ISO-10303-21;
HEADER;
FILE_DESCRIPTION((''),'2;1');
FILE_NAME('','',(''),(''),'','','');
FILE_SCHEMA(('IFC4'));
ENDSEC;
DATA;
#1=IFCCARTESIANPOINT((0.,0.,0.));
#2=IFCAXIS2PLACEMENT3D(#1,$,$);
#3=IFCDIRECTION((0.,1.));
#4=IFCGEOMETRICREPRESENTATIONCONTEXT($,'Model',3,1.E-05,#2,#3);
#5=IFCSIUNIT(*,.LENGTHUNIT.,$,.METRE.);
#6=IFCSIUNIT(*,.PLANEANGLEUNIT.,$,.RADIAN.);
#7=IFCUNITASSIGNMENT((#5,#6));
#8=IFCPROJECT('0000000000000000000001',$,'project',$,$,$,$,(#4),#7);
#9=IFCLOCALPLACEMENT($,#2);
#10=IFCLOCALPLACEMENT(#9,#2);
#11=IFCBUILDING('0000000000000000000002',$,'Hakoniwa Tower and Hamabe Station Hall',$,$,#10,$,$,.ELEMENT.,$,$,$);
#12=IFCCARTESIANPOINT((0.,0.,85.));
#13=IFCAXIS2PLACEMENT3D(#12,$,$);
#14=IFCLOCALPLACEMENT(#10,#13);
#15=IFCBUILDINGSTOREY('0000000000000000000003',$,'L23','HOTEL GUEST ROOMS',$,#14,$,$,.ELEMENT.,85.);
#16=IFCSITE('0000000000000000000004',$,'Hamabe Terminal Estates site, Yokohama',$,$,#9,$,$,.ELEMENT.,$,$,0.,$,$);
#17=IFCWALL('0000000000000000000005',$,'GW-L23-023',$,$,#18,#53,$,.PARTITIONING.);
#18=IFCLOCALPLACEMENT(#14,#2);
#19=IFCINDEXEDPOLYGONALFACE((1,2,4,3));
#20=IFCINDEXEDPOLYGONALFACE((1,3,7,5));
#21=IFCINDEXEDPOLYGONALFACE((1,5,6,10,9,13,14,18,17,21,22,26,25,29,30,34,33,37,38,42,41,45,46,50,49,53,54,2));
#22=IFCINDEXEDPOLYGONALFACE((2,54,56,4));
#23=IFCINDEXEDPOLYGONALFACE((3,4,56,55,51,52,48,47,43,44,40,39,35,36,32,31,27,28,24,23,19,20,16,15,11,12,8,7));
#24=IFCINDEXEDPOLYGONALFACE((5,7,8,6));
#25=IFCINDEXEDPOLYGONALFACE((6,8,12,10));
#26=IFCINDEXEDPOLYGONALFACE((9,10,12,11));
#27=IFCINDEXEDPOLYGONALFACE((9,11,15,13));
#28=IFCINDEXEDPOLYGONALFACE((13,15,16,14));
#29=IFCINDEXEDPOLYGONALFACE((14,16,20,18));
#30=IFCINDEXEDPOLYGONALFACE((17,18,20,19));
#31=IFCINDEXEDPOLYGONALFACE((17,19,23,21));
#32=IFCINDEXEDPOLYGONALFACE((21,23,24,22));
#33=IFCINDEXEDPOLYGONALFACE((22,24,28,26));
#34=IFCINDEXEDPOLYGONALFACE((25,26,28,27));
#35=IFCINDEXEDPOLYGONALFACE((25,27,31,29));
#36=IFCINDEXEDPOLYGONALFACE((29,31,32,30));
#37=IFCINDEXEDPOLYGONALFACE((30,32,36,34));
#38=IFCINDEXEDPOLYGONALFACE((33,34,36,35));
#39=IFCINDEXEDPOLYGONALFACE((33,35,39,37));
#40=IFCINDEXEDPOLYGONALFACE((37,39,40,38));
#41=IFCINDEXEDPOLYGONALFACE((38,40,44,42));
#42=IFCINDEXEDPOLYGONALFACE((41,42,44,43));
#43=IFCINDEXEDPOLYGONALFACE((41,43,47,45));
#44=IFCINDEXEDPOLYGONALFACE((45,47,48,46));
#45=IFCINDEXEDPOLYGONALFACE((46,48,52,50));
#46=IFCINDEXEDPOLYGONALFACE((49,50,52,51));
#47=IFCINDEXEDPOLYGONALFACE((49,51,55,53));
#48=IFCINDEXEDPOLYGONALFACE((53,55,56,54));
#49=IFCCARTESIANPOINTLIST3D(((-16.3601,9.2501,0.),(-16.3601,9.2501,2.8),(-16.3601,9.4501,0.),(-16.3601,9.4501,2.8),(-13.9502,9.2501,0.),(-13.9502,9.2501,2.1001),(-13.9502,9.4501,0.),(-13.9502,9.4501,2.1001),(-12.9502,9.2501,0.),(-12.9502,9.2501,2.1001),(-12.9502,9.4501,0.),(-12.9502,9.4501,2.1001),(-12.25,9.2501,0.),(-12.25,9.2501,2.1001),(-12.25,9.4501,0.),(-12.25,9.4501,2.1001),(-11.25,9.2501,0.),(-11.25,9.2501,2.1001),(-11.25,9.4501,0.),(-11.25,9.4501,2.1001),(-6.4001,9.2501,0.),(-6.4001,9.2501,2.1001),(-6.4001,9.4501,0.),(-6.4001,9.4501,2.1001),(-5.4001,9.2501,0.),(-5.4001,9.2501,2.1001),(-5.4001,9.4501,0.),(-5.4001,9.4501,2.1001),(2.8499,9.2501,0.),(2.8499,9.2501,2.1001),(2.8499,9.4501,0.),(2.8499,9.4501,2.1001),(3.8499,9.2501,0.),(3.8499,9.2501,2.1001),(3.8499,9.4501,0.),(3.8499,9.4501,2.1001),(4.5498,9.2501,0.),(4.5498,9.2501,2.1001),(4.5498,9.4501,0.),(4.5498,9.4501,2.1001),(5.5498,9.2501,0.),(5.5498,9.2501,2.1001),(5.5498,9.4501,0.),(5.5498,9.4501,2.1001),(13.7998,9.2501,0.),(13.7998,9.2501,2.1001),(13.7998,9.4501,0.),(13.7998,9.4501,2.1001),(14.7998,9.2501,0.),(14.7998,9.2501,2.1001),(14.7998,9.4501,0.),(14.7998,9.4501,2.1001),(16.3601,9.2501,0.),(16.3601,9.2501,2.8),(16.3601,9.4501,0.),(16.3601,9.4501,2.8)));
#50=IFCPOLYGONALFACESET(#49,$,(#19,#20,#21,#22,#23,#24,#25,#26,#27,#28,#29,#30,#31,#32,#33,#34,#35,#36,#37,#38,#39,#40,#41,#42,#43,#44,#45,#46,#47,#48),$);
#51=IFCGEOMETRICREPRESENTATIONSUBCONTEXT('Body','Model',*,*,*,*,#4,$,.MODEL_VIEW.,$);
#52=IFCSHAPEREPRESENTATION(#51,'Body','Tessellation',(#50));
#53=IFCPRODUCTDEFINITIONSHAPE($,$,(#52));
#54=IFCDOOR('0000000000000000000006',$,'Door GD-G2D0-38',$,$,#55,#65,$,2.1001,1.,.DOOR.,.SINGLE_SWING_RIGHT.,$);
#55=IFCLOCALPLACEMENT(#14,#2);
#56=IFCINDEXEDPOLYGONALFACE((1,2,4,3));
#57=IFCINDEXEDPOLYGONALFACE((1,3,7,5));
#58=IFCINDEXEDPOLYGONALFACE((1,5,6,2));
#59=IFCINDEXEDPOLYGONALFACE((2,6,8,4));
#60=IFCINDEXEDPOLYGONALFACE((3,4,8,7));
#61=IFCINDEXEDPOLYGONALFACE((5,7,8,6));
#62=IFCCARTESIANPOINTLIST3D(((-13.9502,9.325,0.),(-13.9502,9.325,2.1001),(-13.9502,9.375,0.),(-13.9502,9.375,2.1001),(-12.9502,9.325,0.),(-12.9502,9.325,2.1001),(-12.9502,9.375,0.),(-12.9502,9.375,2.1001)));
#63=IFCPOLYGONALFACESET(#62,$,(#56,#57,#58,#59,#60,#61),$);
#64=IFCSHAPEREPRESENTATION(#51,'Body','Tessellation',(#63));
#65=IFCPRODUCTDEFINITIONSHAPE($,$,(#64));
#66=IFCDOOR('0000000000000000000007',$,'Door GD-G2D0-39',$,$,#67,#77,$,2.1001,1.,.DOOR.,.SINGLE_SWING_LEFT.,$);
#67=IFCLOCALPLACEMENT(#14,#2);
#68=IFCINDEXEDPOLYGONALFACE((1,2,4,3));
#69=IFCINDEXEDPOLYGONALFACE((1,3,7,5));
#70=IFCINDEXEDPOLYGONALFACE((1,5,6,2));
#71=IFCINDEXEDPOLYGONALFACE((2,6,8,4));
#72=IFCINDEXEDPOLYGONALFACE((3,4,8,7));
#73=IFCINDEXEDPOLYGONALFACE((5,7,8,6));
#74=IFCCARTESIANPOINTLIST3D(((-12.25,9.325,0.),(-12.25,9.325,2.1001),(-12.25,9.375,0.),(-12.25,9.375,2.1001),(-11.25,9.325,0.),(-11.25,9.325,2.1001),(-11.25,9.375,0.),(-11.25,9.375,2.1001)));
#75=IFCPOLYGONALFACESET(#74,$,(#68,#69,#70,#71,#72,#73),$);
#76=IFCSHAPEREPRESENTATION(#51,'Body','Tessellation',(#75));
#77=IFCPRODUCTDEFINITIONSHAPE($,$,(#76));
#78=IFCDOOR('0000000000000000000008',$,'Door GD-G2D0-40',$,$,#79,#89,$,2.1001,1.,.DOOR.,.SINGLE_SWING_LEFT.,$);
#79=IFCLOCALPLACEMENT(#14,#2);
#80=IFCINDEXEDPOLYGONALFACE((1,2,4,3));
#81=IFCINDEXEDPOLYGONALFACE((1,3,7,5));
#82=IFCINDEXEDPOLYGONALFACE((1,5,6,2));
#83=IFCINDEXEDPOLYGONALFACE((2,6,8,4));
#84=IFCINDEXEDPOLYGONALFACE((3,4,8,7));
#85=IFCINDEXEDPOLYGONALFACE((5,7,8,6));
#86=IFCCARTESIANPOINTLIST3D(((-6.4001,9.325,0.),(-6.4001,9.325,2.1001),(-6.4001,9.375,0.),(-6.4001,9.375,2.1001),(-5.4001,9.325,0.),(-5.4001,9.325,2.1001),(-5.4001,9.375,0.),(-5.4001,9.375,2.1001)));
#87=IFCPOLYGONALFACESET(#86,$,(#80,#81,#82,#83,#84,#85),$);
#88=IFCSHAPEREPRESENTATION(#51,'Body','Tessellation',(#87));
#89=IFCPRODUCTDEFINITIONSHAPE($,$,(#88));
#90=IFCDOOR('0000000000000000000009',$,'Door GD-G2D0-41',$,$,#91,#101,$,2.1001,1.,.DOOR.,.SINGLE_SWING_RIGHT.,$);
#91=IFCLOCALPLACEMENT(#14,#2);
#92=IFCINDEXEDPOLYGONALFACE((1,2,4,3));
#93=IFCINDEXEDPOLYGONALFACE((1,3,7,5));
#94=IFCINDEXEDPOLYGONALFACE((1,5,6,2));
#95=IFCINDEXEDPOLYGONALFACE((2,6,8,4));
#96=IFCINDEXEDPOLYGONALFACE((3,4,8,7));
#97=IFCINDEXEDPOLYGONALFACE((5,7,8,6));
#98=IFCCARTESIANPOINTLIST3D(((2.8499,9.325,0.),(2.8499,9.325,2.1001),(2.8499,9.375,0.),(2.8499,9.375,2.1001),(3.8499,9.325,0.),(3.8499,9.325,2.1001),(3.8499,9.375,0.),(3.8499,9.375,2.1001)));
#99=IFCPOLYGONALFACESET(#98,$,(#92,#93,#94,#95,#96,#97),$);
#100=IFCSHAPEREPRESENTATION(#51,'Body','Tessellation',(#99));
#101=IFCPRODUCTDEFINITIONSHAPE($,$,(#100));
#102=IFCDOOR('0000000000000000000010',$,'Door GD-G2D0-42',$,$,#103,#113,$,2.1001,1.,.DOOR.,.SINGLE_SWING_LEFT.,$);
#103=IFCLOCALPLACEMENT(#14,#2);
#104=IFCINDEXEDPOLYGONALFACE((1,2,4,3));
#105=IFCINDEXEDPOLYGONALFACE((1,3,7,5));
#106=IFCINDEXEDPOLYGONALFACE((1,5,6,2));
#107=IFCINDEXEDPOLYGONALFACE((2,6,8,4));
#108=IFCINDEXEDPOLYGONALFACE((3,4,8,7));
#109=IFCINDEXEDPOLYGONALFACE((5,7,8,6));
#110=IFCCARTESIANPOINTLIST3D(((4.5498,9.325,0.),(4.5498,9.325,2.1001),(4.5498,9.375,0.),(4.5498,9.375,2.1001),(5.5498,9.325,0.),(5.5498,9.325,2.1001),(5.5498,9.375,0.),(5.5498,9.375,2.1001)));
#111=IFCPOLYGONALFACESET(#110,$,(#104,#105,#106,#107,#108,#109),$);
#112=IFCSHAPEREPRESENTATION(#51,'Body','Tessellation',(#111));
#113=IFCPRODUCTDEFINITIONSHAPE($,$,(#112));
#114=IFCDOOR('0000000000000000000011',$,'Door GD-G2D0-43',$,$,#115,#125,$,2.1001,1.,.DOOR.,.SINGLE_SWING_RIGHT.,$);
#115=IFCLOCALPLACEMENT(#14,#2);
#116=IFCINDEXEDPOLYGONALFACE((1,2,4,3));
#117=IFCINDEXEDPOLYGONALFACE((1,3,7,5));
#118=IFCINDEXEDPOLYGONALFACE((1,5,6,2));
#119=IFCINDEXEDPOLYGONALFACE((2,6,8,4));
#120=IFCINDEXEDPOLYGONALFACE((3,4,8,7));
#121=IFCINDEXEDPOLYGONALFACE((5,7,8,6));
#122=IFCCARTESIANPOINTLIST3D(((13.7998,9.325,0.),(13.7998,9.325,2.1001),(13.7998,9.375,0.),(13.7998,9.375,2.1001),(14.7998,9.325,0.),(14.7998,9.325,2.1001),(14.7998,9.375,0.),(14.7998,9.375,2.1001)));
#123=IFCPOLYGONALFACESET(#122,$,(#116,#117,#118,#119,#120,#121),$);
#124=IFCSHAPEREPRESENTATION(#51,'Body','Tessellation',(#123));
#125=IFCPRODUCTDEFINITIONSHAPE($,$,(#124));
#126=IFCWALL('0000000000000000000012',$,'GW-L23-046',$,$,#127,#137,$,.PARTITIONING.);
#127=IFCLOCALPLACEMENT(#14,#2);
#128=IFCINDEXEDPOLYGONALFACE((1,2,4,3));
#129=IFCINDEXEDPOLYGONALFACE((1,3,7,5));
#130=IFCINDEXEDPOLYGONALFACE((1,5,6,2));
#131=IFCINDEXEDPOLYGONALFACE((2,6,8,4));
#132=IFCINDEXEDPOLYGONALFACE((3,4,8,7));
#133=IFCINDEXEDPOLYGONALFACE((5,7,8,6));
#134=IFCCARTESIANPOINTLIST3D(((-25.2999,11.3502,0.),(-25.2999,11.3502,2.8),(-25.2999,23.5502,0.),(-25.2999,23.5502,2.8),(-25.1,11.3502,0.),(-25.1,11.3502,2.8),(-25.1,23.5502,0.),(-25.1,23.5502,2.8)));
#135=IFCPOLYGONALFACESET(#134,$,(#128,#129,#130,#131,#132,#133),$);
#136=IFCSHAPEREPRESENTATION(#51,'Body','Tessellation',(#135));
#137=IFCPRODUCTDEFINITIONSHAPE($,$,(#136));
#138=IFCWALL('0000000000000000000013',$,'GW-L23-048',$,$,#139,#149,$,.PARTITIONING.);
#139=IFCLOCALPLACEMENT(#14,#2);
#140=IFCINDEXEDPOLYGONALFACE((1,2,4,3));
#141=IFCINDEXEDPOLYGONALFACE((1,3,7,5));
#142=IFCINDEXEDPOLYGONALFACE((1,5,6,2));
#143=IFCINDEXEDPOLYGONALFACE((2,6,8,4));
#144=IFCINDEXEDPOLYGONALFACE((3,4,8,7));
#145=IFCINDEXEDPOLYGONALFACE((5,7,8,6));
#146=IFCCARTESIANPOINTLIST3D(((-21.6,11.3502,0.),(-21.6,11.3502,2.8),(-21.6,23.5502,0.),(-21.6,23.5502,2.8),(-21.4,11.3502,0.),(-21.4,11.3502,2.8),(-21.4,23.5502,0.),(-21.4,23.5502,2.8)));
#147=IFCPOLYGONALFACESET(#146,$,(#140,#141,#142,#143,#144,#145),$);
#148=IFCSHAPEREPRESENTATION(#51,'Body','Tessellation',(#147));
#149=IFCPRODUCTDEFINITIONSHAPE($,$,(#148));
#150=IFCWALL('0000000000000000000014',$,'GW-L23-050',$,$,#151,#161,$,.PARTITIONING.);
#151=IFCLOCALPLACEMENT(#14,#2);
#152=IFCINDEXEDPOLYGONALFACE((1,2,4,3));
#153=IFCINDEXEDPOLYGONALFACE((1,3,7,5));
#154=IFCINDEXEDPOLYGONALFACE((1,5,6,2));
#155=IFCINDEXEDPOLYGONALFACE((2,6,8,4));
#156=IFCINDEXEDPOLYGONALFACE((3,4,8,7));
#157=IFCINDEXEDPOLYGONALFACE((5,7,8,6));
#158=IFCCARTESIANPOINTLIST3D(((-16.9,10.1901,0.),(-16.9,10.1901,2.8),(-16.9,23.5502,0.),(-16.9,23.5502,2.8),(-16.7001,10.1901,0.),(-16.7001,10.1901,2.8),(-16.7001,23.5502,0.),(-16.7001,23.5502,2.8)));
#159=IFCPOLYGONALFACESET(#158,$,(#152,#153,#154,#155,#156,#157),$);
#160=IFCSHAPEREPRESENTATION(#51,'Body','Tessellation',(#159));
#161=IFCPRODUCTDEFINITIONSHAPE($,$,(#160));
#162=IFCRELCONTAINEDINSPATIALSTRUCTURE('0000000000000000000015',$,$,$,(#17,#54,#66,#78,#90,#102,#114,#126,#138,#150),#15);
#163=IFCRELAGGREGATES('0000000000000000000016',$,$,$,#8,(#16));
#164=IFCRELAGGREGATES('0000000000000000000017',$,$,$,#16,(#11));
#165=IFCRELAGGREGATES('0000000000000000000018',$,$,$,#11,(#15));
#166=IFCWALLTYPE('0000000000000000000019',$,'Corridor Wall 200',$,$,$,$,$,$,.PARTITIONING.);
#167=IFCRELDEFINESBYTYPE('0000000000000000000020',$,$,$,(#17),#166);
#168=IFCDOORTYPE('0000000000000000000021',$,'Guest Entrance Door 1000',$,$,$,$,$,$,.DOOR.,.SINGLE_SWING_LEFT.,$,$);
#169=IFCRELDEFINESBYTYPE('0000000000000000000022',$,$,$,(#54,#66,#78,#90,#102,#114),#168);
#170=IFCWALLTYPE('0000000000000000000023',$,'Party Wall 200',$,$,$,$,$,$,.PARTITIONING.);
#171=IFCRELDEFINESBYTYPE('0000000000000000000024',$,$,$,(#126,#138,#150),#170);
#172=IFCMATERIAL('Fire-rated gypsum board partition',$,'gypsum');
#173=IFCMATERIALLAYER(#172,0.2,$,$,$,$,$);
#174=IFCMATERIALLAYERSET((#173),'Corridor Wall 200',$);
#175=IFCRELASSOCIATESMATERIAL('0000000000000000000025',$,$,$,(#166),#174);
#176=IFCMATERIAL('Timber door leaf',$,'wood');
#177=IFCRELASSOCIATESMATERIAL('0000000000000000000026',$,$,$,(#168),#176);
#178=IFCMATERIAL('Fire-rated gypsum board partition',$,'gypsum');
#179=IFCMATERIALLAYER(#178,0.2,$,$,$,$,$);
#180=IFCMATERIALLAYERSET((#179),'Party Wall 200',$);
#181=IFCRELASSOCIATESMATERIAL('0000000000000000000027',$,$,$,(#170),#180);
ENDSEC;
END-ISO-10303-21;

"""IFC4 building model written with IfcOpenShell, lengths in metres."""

from ifc_helpers import new_model, si_unit, direction, frame, frame_2d, origin, place, context, subcontext, project, spatial, rectangle, extrude, material, layer, layer_set, type_object, element, fill, save


model = new_model("IFC4")

# Units and contexts
model_context = context("Model", 3, precision=1e-05, world=origin(), true_north=direction((0.0, 1.0)))
body_context = subcontext(model_context, "Body", "Model", "MODEL_VIEW")
ifc_project = project(units=[si_unit("LENGTHUNIT", "METRE"), si_unit("PLANEANGLEUNIT", "RADIAN")], contexts=[model_context])

# Site, building, storey
site_placement = place(None, origin())
site = spatial("IfcSite", under=ifc_project, at=site_placement, Name="Hamabe Terminal Estates site, Yokohama", CompositionType="ELEMENT", RefElevation=0.0)
building_placement = place(site_placement, origin())
building = spatial("IfcBuilding", under=site, at=building_placement, Name="Hakoniwa Tower and Hamabe Station Hall", CompositionType="ELEMENT")
storey_placement = place(building_placement, frame((0.0, 0.0, 85.0)))
storey = spatial("IfcBuildingStorey", under=building, at=storey_placement, Name="L23", Description="HOTEL GUEST ROOMS", CompositionType="ELEMENT", Elevation=85.0)

# Wall, openings, doors
ifc_material_1 = material(Name="Fire-rated gypsum board partition", Category="gypsum")
ifc_layer_1 = layer(ifc_material_1, 0.2)
ifc_layer_set_1 = layer_set([ifc_layer_1], Name="Corridor Wall 200")
wall_type_1 = type_object("IfcWallType", Name="Corridor Wall 200", PredefinedType="PARTITIONING", material=ifc_layer_set_1)
wall_1_placement = place(storey_placement, frame((-16.3601, 9.3501, 0.0), z_axis=(0.0, 0.0, 1.0), x_axis=(1.0, 0.0, 0.0)))
wall_1 = element("IfcWall", 1, at=wall_1_placement, inside=storey, type_object=wall_type_1, Name="GW-L23-023", PredefinedType="PARTITIONING", context=body_context, shape_type="SweptSolid", body=[
    extrude(rectangle(XDim=32.7202, YDim=0.2, at=frame_2d((16.3601, 0.0))), origin(), (0.0, 0.0, 1.0), 2.8),
])
opening_1_placement = place(wall_1_placement, frame((2.4099, 0.0, 0.0)))
opening_1 = element("IfcOpeningElement", 2, at=opening_1_placement, cuts=wall_1, PredefinedType="OPENING", context=body_context, shape_type="SweptSolid", body=[
    extrude(rectangle(XDim=1.0, YDim=2.1001, at=frame_2d((0.5, 1.05))), frame((0.0, 0.1099, 0.0), z_axis=(0.0, -1.0, 0.0), x_axis=(1.0, 0.0, 0.0)), (0.0, 0.0, 1.0), 0.22),
])
opening_2_placement = place(wall_1_placement, frame((4.1101, 0.0, 0.0)))
opening_2 = element("IfcOpeningElement", 3, at=opening_2_placement, cuts=wall_1, PredefinedType="OPENING", context=body_context, shape_type="SweptSolid", body=[
    extrude(rectangle(XDim=1.0, YDim=2.1001, at=frame_2d((0.5, 1.05))), frame((0.0, 0.1099, 0.0), z_axis=(0.0, -1.0, 0.0), x_axis=(1.0, 0.0, 0.0)), (0.0, 0.0, 1.0), 0.22),
])
opening_3_placement = place(wall_1_placement, frame((9.96, 0.0, 0.0)))
opening_3 = element("IfcOpeningElement", 4, at=opening_3_placement, cuts=wall_1, PredefinedType="OPENING", context=body_context, shape_type="SweptSolid", body=[
    extrude(rectangle(XDim=1.0, YDim=2.1001, at=frame_2d((0.5, 1.05))), frame((0.0, 0.1099, 0.0), z_axis=(0.0, -1.0, 0.0), x_axis=(1.0, 0.0, 0.0)), (0.0, 0.0, 1.0), 0.22),
])
opening_4_placement = place(wall_1_placement, frame((19.21, 0.0, 0.0)))
opening_4 = element("IfcOpeningElement", 5, at=opening_4_placement, cuts=wall_1, PredefinedType="OPENING", context=body_context, shape_type="SweptSolid", body=[
    extrude(rectangle(XDim=1.0, YDim=2.1001, at=frame_2d((0.5, 1.05))), frame((0.0, 0.1099, 0.0), z_axis=(0.0, -1.0, 0.0), x_axis=(1.0, 0.0, 0.0)), (0.0, 0.0, 1.0), 0.22),
])
opening_5_placement = place(wall_1_placement, frame((20.9099, 0.0, 0.0)))
opening_5 = element("IfcOpeningElement", 6, at=opening_5_placement, cuts=wall_1, PredefinedType="OPENING", context=body_context, shape_type="SweptSolid", body=[
    extrude(rectangle(XDim=1.0, YDim=2.1001, at=frame_2d((0.5, 1.05))), frame((0.0, 0.1099, 0.0), z_axis=(0.0, -1.0, 0.0), x_axis=(1.0, 0.0, 0.0)), (0.0, 0.0, 1.0), 0.22),
])
opening_6_placement = place(wall_1_placement, frame((30.1599, 0.0, 0.0)))
opening_6 = element("IfcOpeningElement", 7, at=opening_6_placement, cuts=wall_1, PredefinedType="OPENING", context=body_context, shape_type="SweptSolid", body=[
    extrude(rectangle(XDim=1.0, YDim=2.1001, at=frame_2d((0.5, 1.05))), frame((0.0, 0.1099, 0.0), z_axis=(0.0, -1.0, 0.0), x_axis=(1.0, 0.0, 0.0)), (0.0, 0.0, 1.0), 0.22),
])
ifc_material_2 = material(Name="Timber door leaf", Category="wood")
door_type_1 = type_object("IfcDoorType", Name="Guest Entrance Door 1000", OperationType="SINGLE_SWING_LEFT", PredefinedType="DOOR", material=ifc_material_2)
door_1_placement = place(opening_1_placement, origin())
door_1 = element("IfcDoor", 8, at=door_1_placement, inside=storey, type_object=door_type_1, Name="Door GD-G2D0-38", OperationType="SINGLE_SWING_RIGHT", OverallHeight=2.1001, OverallWidth=1.0, PredefinedType="DOOR", context=body_context, shape_type="SweptSolid", body=[
    extrude(rectangle(XDim=1.0, YDim=2.1001, at=frame_2d((0.5, 1.05))), frame((0.0, 0.0249, 0.0), z_axis=(0.0, -1.0, 0.0), x_axis=(1.0, 0.0, 0.0)), (0.0, 0.0, 1.0), 0.05),
])
fill(opening_1, door_1)
door_2_placement = place(opening_2_placement, origin())
door_2 = element("IfcDoor", 9, at=door_2_placement, inside=storey, type_object=door_type_1, Name="Door GD-G2D0-39", OperationType="SINGLE_SWING_LEFT", OverallHeight=2.1001, OverallWidth=1.0, PredefinedType="DOOR", context=body_context, shape_type="SweptSolid", body=[
    extrude(rectangle(XDim=1.0, YDim=2.1001, at=frame_2d((0.5, 1.05))), frame((0.0, 0.0249, 0.0), z_axis=(0.0, -1.0, 0.0), x_axis=(1.0, 0.0, 0.0)), (0.0, 0.0, 1.0), 0.05),
])
fill(opening_2, door_2)
door_3_placement = place(opening_3_placement, origin())
door_3 = element("IfcDoor", 10, at=door_3_placement, inside=storey, type_object=door_type_1, Name="Door GD-G2D0-40", OperationType="SINGLE_SWING_LEFT", OverallHeight=2.1001, OverallWidth=1.0, PredefinedType="DOOR", context=body_context, shape_type="SweptSolid", body=[
    extrude(rectangle(XDim=1.0, YDim=2.1001, at=frame_2d((0.5, 1.05))), frame((0.0, 0.0249, 0.0), z_axis=(0.0, -1.0, 0.0), x_axis=(1.0, 0.0, 0.0)), (0.0, 0.0, 1.0), 0.05),
])
fill(opening_3, door_3)
door_4_placement = place(opening_4_placement, origin())
door_4 = element("IfcDoor", 11, at=door_4_placement, inside=storey, type_object=door_type_1, Name="Door GD-G2D0-41", OperationType="SINGLE_SWING_RIGHT", OverallHeight=2.1001, OverallWidth=1.0, PredefinedType="DOOR", context=body_context, shape_type="SweptSolid", body=[
    extrude(rectangle(XDim=1.0, YDim=2.1001, at=frame_2d((0.5, 1.05))), frame((0.0, 0.0249, 0.0), z_axis=(0.0, -1.0, 0.0), x_axis=(1.0, 0.0, 0.0)), (0.0, 0.0, 1.0), 0.05),
])
fill(opening_4, door_4)
door_5_placement = place(opening_5_placement, origin())
door_5 = element("IfcDoor", 12, at=door_5_placement, inside=storey, type_object=door_type_1, Name="Door GD-G2D0-42", OperationType="SINGLE_SWING_LEFT", OverallHeight=2.1001, OverallWidth=1.0, PredefinedType="DOOR", context=body_context, shape_type="SweptSolid", body=[
    extrude(rectangle(XDim=1.0, YDim=2.1001, at=frame_2d((0.5, 1.05))), frame((0.0, 0.0249, 0.0), z_axis=(0.0, -1.0, 0.0), x_axis=(1.0, 0.0, 0.0)), (0.0, 0.0, 1.0), 0.05),
])
fill(opening_5, door_5)
door_6_placement = place(opening_6_placement, origin())
door_6 = element("IfcDoor", 13, at=door_6_placement, inside=storey, type_object=door_type_1, Name="Door GD-G2D0-43", OperationType="SINGLE_SWING_RIGHT", OverallHeight=2.1001, OverallWidth=1.0, PredefinedType="DOOR", context=body_context, shape_type="SweptSolid", body=[
    extrude(rectangle(XDim=1.0, YDim=2.1001, at=frame_2d((0.5, 1.05))), frame((0.0, 0.0249, 0.0), z_axis=(0.0, -1.0, 0.0), x_axis=(1.0, 0.0, 0.0)), (0.0, 0.0, 1.0), 0.05),
])
fill(opening_6, door_6)

# Walls
ifc_material_3 = material(Name="Fire-rated gypsum board partition", Category="gypsum")
ifc_layer_2 = layer(ifc_material_3, 0.2)
ifc_layer_set_2 = layer_set([ifc_layer_2], Name="Party Wall 200")
wall_type_2 = type_object("IfcWallType", Name="Party Wall 200", PredefinedType="PARTITIONING", material=ifc_layer_set_2)
for number, where, z_axis, x_axis, name in (
    (14, (-25.2, 11.3501, 0.0), (0.0, 0.0, 1.0), (0.0, 1.0, 0.0), "GW-L23-046"),
    (15, (-21.5, 11.3501, 0.0), (0.0, 0.0, 1.0), (0.0, 1.0, 0.0), "GW-L23-048"),
):
    element("IfcWall", number, at=place(storey_placement, frame(where, z_axis=z_axis, x_axis=x_axis)), inside=storey, type_object=wall_type_2, Name=name, PredefinedType="PARTITIONING", context=body_context, shape_type="SweptSolid", body=[
        extrude(rectangle(XDim=12.2, YDim=0.2, at=frame_2d((6.1001, 0.0))), origin(), (0.0, 0.0, 1.0), 2.8),
    ])
wall_2_placement = place(storey_placement, frame((-16.8, 10.1899, 0.0), z_axis=(0.0, 0.0, 1.0), x_axis=(0.0, 1.0, 0.0)))
element("IfcWall", 16, at=wall_2_placement, inside=storey, type_object=wall_type_2, Name="GW-L23-050", PredefinedType="PARTITIONING", context=body_context, shape_type="SweptSolid", body=[
    extrude(rectangle(XDim=13.3601, YDim=0.2, at=frame_2d((6.6802, 0.0))), origin(), (0.0, 0.0, 1.0), 2.8),
])

save(model, "model.ifc")
